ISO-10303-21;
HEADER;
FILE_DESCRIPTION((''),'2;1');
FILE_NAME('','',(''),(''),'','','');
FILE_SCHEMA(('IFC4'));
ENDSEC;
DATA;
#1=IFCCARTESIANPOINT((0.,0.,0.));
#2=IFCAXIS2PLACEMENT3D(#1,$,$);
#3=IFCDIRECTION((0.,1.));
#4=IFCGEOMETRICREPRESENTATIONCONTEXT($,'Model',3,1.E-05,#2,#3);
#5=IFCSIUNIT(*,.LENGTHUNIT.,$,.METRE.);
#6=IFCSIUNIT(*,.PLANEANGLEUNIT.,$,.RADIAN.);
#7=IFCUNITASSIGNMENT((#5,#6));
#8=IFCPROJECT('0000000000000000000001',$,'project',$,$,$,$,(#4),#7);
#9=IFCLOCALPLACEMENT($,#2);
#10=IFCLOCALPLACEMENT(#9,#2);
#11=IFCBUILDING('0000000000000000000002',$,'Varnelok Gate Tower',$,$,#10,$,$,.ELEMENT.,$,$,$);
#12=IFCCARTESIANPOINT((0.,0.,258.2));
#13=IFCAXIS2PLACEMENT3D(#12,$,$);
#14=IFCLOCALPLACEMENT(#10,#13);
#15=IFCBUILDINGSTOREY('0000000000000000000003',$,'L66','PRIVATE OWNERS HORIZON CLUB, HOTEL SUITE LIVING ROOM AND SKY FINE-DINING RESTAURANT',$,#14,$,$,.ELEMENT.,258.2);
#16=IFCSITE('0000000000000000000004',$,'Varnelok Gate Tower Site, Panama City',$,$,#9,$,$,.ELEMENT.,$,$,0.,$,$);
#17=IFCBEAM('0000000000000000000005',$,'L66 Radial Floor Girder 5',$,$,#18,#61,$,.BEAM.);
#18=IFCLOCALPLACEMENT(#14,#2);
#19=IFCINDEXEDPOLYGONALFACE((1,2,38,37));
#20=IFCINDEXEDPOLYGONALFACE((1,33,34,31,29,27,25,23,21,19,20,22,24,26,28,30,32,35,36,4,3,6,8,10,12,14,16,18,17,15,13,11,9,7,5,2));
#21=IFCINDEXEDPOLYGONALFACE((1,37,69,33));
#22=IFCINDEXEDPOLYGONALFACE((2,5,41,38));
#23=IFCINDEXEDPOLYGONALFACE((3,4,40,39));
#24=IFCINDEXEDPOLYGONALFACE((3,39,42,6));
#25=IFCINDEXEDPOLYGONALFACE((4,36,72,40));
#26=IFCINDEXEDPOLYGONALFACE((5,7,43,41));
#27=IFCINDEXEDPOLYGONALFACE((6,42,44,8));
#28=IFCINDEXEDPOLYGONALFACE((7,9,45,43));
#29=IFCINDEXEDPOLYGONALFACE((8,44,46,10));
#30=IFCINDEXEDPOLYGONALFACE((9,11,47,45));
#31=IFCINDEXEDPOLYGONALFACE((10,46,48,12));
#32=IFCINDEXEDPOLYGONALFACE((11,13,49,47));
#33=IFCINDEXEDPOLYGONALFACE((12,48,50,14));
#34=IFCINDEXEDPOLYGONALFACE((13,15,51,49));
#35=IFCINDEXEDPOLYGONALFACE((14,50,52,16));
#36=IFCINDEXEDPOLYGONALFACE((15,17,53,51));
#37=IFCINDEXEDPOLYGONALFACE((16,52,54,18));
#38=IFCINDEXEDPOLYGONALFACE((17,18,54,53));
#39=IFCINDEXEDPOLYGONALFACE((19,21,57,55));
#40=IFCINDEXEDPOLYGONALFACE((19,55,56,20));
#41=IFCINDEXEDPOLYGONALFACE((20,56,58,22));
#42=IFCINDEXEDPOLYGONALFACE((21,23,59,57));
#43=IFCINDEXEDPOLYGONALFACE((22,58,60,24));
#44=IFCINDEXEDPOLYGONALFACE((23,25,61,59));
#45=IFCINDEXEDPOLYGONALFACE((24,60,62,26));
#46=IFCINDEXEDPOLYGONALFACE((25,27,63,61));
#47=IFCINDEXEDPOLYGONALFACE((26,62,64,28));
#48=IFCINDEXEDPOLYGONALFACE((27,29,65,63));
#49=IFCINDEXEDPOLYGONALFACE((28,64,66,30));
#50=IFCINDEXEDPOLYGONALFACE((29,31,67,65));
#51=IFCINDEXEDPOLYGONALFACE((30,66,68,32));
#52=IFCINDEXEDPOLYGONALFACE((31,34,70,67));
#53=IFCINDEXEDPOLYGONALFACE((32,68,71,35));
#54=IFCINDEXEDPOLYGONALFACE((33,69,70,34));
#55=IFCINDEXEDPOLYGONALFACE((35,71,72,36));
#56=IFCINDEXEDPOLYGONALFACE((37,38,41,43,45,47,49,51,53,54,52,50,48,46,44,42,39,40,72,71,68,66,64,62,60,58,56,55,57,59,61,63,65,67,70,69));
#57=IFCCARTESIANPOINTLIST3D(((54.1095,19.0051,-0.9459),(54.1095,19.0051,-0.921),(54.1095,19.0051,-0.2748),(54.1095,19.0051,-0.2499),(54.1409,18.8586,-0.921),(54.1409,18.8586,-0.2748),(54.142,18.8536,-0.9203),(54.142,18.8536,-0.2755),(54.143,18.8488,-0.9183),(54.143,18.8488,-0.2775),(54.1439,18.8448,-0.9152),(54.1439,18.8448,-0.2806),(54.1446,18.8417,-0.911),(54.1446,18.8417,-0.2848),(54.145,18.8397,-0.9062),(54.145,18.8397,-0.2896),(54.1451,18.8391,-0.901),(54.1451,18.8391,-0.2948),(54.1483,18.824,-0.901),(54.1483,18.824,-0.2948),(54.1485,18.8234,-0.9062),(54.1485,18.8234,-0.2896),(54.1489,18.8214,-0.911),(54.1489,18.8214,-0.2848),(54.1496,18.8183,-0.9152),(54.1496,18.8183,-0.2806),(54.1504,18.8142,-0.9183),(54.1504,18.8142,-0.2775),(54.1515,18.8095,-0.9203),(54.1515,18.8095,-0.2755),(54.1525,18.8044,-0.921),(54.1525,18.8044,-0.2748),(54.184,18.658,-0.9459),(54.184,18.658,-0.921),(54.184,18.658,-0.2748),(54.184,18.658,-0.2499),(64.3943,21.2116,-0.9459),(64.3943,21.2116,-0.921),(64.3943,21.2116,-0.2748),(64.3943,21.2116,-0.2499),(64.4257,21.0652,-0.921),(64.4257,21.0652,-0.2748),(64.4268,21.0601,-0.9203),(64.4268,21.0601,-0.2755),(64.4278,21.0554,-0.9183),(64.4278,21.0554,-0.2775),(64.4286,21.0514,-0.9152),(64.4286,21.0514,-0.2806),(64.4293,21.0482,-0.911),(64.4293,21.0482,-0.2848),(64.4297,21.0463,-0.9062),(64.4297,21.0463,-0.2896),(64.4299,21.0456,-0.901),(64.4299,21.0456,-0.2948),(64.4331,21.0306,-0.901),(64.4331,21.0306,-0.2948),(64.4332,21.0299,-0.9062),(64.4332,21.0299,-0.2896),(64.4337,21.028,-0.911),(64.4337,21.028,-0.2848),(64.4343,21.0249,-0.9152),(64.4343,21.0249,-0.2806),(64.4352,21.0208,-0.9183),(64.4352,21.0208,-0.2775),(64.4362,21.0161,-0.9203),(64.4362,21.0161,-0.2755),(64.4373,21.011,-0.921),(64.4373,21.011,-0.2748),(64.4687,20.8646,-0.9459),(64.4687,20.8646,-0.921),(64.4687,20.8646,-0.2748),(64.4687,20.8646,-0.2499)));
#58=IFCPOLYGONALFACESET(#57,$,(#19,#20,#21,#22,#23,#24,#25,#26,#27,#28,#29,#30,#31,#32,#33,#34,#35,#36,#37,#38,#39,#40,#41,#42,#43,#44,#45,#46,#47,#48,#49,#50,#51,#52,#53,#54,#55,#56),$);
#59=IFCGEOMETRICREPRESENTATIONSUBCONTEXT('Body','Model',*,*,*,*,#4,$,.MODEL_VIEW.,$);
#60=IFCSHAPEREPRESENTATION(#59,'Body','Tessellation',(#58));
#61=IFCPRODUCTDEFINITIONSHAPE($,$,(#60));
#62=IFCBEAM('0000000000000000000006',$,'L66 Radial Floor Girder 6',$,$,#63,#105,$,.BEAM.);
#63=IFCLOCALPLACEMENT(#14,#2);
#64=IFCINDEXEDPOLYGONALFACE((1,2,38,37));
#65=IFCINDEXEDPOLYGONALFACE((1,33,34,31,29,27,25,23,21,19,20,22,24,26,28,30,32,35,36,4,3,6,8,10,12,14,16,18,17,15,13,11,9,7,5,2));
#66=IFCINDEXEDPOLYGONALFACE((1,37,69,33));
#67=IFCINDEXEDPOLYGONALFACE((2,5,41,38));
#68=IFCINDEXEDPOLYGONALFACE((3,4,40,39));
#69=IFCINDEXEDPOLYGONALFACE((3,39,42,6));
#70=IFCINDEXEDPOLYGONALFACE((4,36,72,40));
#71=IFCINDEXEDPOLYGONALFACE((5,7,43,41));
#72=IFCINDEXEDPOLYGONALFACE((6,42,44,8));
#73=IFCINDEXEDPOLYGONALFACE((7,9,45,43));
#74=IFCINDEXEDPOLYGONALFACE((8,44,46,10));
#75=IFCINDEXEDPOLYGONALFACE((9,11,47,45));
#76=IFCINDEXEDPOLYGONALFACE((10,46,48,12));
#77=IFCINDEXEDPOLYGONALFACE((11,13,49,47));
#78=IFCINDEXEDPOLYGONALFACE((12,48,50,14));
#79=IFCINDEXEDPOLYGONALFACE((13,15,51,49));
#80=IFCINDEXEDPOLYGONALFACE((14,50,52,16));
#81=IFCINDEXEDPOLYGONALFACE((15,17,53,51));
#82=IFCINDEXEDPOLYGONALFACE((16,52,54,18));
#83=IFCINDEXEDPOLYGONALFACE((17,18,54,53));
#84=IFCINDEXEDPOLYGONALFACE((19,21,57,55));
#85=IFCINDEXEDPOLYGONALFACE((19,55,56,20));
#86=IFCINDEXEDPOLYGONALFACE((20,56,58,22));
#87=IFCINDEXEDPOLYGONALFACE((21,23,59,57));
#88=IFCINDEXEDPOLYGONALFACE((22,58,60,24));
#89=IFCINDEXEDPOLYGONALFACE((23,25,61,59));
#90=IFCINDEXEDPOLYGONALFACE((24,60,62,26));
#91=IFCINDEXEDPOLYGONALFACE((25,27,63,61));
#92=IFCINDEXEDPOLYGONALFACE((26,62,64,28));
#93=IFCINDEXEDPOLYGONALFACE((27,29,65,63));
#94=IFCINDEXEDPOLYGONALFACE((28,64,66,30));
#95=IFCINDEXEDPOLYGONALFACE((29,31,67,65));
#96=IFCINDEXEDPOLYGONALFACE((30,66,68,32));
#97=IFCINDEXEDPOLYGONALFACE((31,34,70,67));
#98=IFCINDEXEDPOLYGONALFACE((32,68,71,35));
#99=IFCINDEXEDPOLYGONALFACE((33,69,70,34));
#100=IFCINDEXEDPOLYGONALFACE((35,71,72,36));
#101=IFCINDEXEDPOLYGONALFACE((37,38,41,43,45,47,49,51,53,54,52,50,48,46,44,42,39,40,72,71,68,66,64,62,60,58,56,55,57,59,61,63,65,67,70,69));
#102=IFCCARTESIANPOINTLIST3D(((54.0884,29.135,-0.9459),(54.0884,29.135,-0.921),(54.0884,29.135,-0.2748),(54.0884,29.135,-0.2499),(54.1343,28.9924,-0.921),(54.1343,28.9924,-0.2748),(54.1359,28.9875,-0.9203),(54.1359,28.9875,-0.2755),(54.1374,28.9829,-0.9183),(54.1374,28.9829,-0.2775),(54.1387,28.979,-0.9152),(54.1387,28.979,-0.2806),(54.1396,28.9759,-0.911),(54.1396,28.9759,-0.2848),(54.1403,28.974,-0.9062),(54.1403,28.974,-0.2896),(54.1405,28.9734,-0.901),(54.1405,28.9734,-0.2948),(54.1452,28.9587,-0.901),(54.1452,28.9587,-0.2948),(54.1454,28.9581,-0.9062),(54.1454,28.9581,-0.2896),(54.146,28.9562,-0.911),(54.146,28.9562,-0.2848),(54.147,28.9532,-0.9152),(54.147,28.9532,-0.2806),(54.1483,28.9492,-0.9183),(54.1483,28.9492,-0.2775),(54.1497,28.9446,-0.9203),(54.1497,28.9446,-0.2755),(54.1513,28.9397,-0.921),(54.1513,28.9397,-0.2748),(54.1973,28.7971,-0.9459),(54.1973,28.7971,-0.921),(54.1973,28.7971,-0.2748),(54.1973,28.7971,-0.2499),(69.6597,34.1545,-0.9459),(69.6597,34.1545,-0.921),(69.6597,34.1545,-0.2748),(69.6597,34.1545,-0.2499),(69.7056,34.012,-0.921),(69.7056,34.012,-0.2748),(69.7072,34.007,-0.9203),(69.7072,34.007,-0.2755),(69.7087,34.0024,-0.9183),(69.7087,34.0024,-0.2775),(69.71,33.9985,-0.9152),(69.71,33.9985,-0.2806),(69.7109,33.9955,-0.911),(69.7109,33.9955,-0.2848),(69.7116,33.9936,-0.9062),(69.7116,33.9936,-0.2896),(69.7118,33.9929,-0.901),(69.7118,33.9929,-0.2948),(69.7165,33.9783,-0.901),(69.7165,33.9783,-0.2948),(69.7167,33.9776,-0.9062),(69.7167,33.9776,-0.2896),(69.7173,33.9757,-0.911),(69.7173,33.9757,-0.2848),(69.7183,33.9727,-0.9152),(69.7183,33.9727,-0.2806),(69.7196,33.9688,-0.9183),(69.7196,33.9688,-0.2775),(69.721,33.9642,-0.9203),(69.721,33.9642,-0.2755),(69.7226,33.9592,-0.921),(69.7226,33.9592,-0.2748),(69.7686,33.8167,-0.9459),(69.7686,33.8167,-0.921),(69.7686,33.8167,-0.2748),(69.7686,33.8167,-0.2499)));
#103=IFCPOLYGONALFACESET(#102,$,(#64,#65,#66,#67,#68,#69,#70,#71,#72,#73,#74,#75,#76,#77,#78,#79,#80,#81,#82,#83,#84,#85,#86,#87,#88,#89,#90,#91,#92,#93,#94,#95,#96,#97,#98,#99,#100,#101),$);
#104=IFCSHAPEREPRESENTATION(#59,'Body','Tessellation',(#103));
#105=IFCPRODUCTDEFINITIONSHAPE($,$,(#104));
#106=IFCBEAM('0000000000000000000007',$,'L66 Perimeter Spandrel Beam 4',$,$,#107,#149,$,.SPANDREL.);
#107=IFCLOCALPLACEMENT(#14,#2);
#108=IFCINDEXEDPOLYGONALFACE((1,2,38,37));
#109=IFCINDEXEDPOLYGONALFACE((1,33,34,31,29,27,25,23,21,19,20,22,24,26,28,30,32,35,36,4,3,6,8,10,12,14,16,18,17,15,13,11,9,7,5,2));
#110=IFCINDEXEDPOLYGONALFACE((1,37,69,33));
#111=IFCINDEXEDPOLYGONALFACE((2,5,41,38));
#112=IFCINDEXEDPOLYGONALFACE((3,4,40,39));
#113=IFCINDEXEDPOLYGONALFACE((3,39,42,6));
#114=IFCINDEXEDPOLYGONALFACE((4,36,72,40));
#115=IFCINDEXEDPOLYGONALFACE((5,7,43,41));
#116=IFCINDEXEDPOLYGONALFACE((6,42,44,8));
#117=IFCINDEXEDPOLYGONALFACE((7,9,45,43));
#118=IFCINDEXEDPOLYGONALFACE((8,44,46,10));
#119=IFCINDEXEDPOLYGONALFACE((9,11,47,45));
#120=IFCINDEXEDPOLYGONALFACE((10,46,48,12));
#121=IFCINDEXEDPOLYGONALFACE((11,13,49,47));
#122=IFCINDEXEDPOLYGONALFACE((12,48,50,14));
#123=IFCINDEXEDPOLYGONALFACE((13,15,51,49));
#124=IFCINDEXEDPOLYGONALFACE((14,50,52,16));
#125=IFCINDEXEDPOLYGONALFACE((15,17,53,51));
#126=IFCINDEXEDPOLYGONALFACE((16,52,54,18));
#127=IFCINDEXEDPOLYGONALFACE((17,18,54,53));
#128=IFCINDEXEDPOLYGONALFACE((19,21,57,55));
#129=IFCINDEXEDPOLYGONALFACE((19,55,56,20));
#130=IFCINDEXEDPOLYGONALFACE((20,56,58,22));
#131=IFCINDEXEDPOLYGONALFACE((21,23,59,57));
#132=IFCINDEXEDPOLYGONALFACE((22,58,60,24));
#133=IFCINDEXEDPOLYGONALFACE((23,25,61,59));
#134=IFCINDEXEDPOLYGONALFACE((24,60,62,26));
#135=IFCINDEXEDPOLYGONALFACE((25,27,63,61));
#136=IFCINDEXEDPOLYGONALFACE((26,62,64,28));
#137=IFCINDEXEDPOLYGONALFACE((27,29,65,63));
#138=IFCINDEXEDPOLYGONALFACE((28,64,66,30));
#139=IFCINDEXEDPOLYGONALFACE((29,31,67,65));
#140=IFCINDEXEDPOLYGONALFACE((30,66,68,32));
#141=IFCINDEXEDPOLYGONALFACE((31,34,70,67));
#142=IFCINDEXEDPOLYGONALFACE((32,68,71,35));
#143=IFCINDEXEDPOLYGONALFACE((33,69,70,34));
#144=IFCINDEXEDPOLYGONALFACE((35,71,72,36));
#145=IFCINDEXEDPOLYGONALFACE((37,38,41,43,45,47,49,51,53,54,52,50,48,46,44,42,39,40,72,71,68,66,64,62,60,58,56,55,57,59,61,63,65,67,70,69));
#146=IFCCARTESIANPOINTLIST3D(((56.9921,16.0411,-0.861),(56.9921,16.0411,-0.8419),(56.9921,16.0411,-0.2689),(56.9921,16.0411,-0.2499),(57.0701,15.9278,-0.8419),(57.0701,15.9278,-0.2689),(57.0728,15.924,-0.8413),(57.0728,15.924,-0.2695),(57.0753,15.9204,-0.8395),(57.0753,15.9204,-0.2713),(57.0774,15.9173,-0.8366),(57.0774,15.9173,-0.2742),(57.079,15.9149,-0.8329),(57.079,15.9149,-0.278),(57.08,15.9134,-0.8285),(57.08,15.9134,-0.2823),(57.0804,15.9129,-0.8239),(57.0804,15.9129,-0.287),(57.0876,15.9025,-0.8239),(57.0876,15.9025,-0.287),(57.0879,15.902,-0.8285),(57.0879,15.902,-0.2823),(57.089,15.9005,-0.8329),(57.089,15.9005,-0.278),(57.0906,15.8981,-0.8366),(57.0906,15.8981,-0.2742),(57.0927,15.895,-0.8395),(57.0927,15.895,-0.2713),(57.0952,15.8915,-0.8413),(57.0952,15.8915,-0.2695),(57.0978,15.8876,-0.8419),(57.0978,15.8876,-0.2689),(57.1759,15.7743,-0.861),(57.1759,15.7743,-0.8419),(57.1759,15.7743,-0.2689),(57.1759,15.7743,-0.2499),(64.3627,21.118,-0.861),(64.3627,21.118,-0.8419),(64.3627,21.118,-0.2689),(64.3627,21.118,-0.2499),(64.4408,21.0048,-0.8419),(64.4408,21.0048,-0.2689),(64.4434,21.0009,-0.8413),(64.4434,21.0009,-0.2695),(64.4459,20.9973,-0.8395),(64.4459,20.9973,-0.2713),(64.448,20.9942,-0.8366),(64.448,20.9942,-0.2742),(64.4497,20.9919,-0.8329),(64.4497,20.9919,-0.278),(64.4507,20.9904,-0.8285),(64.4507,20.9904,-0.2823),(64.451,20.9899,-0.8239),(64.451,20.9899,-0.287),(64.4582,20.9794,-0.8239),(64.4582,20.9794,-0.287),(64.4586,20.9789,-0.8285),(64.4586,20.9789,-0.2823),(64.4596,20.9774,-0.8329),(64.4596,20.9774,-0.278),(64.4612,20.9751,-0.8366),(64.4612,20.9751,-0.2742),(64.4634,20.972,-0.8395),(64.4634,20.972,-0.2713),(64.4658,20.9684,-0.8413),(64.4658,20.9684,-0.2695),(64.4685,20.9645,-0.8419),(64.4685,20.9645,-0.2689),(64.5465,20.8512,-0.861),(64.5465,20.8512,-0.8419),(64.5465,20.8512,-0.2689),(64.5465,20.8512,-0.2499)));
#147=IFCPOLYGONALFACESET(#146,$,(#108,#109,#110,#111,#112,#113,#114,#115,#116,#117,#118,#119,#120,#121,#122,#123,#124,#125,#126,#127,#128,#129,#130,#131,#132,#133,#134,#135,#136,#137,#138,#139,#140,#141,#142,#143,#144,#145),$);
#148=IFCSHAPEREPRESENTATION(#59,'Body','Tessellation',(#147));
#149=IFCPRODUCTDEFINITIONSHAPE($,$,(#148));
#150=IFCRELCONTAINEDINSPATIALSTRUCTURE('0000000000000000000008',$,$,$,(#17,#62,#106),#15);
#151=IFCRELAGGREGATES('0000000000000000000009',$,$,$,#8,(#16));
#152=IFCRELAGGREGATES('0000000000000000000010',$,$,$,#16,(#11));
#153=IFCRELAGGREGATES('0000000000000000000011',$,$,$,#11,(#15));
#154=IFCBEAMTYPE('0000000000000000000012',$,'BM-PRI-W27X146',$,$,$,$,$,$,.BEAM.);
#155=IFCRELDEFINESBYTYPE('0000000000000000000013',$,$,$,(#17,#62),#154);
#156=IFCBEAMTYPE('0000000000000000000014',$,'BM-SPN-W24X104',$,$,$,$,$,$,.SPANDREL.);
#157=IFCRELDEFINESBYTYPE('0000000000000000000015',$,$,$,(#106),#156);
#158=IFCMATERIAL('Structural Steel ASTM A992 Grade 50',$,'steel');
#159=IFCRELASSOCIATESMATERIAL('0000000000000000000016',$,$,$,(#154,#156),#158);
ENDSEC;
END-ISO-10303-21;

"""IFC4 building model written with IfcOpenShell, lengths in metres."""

from ifc_helpers import new_model, si_unit, direction, frame, origin, origin_2d, place, context, subcontext, project, spatial, i_section, extrude, material, material_profile, profile_set, type_object, element, save


model = new_model("IFC4")

# Units and contexts
model_context = context("Model", 3, precision=1e-05, world=origin(), true_north=direction((0.0, 1.0)))
body_context = subcontext(model_context, "Body", "Model", "MODEL_VIEW")
ifc_project = project(units=[si_unit("LENGTHUNIT", "METRE"), si_unit("PLANEANGLEUNIT", "RADIAN")], contexts=[model_context])

# Site, building, storey
site_placement = place(None, origin())
site = spatial("IfcSite", under=ifc_project, at=site_placement, Name="Varnelok Gate Tower Site, Panama City", CompositionType="ELEMENT", RefElevation=0.0)
building_placement = place(site_placement, origin())
building = spatial("IfcBuilding", under=site, at=building_placement, Name="Varnelok Gate Tower", CompositionType="ELEMENT")
storey_placement = place(building_placement, frame((0.0, 0.0, 258.2)))
storey = spatial("IfcBuildingStorey", under=building, at=storey_placement, Name="L66", Description="PRIVATE OWNERS HORIZON CLUB, HOTEL SUITE LIVING ROOM AND SKY FINE-DINING RESTAURANT", CompositionType="ELEMENT", Elevation=258.2)

# Shared definitions
ifc_material_1 = material(Name="Structural Steel ASTM A992 Grade 50", Category="steel")

# Beams
ifc_material_profile_1 = material_profile(ifc_material_1, i_section(OverallWidth=0.355, OverallDepth=0.696, WebThickness=0.0154, FlangeThickness=0.0249, FilletRadius=0.02, at=origin_2d()), Name="W27X146")
ifc_profile_set_1 = profile_set([ifc_material_profile_1], Name="Structural Steel ASTM A992 Grade 50")
beam_type_1 = type_object("IfcBeamType", Name="BM-PRI-W27X146", PredefinedType="BEAM", material=ifc_profile_set_1)
beam_1_placement = place(storey_placement, frame((54.1467, 18.8315, -0.5979), z_axis=(0.97775, 0.209773, 0.0), x_axis=(-0.209773, 0.97775, 0.0)))
element("IfcBeam", 1, at=beam_1_placement, inside=storey, type_object=beam_type_1, Name="L66 Radial Floor Girder 5", PredefinedType="BEAM", context=body_context, shape_type="SweptSolid", body=[
    extrude(i_section(OverallWidth=0.355, OverallDepth=0.696, WebThickness=0.0154, FlangeThickness=0.0249, FilletRadius=0.02, at=origin_2d()), origin(), (0.0, 0.0, 1.0), 10.5188),
])
beam_2_placement = place(storey_placement, frame((54.1428, 28.9661, -0.5979), z_axis=(0.95177, 0.306811, 0.0), x_axis=(-0.306811, 0.95177, 0.0)))
element("IfcBeam", 2, at=beam_2_placement, inside=storey, type_object=beam_type_1, Name="L66 Radial Floor Girder 6", PredefinedType="BEAM", context=body_context, shape_type="SweptSolid", body=[
    extrude(i_section(OverallWidth=0.355, OverallDepth=0.696, WebThickness=0.0154, FlangeThickness=0.0249, FilletRadius=0.02, at=origin_2d()), origin(), (0.0, 0.0, 1.0), 16.3604),
])
ifc_material_profile_2 = material_profile(ifc_material_1, i_section(OverallWidth=0.324, OverallDepth=0.6111, WebThickness=0.0127, FlangeThickness=0.019, FilletRadius=0.0181, at=origin_2d()), Name="W24X104")
ifc_profile_set_2 = profile_set([ifc_material_profile_2], Name="Structural Steel ASTM A992 Grade 50")
beam_type_2 = type_object("IfcBeamType", Name="BM-SPN-W24X104", PredefinedType="SPANDREL", material=ifc_profile_set_2)
beam_3_placement = place(storey_placement, frame((57.084, 15.9077, -0.5554), z_axis=(0.82354, 0.567258, 0.0), x_axis=(-0.567258, 0.82354, 0.0)))
element("IfcBeam", 3, at=beam_3_placement, inside=storey, type_object=beam_type_2, Name="L66 Perimeter Spandrel Beam 4", PredefinedType="SPANDREL", context=body_context, shape_type="SweptSolid", body=[
    extrude(i_section(OverallWidth=0.324, OverallDepth=0.6111, WebThickness=0.0127, FlangeThickness=0.019, FilletRadius=0.0181, at=origin_2d()), origin(), (0.0, 0.0, 1.0), 8.95),
])

save(model, "model.ifc")
